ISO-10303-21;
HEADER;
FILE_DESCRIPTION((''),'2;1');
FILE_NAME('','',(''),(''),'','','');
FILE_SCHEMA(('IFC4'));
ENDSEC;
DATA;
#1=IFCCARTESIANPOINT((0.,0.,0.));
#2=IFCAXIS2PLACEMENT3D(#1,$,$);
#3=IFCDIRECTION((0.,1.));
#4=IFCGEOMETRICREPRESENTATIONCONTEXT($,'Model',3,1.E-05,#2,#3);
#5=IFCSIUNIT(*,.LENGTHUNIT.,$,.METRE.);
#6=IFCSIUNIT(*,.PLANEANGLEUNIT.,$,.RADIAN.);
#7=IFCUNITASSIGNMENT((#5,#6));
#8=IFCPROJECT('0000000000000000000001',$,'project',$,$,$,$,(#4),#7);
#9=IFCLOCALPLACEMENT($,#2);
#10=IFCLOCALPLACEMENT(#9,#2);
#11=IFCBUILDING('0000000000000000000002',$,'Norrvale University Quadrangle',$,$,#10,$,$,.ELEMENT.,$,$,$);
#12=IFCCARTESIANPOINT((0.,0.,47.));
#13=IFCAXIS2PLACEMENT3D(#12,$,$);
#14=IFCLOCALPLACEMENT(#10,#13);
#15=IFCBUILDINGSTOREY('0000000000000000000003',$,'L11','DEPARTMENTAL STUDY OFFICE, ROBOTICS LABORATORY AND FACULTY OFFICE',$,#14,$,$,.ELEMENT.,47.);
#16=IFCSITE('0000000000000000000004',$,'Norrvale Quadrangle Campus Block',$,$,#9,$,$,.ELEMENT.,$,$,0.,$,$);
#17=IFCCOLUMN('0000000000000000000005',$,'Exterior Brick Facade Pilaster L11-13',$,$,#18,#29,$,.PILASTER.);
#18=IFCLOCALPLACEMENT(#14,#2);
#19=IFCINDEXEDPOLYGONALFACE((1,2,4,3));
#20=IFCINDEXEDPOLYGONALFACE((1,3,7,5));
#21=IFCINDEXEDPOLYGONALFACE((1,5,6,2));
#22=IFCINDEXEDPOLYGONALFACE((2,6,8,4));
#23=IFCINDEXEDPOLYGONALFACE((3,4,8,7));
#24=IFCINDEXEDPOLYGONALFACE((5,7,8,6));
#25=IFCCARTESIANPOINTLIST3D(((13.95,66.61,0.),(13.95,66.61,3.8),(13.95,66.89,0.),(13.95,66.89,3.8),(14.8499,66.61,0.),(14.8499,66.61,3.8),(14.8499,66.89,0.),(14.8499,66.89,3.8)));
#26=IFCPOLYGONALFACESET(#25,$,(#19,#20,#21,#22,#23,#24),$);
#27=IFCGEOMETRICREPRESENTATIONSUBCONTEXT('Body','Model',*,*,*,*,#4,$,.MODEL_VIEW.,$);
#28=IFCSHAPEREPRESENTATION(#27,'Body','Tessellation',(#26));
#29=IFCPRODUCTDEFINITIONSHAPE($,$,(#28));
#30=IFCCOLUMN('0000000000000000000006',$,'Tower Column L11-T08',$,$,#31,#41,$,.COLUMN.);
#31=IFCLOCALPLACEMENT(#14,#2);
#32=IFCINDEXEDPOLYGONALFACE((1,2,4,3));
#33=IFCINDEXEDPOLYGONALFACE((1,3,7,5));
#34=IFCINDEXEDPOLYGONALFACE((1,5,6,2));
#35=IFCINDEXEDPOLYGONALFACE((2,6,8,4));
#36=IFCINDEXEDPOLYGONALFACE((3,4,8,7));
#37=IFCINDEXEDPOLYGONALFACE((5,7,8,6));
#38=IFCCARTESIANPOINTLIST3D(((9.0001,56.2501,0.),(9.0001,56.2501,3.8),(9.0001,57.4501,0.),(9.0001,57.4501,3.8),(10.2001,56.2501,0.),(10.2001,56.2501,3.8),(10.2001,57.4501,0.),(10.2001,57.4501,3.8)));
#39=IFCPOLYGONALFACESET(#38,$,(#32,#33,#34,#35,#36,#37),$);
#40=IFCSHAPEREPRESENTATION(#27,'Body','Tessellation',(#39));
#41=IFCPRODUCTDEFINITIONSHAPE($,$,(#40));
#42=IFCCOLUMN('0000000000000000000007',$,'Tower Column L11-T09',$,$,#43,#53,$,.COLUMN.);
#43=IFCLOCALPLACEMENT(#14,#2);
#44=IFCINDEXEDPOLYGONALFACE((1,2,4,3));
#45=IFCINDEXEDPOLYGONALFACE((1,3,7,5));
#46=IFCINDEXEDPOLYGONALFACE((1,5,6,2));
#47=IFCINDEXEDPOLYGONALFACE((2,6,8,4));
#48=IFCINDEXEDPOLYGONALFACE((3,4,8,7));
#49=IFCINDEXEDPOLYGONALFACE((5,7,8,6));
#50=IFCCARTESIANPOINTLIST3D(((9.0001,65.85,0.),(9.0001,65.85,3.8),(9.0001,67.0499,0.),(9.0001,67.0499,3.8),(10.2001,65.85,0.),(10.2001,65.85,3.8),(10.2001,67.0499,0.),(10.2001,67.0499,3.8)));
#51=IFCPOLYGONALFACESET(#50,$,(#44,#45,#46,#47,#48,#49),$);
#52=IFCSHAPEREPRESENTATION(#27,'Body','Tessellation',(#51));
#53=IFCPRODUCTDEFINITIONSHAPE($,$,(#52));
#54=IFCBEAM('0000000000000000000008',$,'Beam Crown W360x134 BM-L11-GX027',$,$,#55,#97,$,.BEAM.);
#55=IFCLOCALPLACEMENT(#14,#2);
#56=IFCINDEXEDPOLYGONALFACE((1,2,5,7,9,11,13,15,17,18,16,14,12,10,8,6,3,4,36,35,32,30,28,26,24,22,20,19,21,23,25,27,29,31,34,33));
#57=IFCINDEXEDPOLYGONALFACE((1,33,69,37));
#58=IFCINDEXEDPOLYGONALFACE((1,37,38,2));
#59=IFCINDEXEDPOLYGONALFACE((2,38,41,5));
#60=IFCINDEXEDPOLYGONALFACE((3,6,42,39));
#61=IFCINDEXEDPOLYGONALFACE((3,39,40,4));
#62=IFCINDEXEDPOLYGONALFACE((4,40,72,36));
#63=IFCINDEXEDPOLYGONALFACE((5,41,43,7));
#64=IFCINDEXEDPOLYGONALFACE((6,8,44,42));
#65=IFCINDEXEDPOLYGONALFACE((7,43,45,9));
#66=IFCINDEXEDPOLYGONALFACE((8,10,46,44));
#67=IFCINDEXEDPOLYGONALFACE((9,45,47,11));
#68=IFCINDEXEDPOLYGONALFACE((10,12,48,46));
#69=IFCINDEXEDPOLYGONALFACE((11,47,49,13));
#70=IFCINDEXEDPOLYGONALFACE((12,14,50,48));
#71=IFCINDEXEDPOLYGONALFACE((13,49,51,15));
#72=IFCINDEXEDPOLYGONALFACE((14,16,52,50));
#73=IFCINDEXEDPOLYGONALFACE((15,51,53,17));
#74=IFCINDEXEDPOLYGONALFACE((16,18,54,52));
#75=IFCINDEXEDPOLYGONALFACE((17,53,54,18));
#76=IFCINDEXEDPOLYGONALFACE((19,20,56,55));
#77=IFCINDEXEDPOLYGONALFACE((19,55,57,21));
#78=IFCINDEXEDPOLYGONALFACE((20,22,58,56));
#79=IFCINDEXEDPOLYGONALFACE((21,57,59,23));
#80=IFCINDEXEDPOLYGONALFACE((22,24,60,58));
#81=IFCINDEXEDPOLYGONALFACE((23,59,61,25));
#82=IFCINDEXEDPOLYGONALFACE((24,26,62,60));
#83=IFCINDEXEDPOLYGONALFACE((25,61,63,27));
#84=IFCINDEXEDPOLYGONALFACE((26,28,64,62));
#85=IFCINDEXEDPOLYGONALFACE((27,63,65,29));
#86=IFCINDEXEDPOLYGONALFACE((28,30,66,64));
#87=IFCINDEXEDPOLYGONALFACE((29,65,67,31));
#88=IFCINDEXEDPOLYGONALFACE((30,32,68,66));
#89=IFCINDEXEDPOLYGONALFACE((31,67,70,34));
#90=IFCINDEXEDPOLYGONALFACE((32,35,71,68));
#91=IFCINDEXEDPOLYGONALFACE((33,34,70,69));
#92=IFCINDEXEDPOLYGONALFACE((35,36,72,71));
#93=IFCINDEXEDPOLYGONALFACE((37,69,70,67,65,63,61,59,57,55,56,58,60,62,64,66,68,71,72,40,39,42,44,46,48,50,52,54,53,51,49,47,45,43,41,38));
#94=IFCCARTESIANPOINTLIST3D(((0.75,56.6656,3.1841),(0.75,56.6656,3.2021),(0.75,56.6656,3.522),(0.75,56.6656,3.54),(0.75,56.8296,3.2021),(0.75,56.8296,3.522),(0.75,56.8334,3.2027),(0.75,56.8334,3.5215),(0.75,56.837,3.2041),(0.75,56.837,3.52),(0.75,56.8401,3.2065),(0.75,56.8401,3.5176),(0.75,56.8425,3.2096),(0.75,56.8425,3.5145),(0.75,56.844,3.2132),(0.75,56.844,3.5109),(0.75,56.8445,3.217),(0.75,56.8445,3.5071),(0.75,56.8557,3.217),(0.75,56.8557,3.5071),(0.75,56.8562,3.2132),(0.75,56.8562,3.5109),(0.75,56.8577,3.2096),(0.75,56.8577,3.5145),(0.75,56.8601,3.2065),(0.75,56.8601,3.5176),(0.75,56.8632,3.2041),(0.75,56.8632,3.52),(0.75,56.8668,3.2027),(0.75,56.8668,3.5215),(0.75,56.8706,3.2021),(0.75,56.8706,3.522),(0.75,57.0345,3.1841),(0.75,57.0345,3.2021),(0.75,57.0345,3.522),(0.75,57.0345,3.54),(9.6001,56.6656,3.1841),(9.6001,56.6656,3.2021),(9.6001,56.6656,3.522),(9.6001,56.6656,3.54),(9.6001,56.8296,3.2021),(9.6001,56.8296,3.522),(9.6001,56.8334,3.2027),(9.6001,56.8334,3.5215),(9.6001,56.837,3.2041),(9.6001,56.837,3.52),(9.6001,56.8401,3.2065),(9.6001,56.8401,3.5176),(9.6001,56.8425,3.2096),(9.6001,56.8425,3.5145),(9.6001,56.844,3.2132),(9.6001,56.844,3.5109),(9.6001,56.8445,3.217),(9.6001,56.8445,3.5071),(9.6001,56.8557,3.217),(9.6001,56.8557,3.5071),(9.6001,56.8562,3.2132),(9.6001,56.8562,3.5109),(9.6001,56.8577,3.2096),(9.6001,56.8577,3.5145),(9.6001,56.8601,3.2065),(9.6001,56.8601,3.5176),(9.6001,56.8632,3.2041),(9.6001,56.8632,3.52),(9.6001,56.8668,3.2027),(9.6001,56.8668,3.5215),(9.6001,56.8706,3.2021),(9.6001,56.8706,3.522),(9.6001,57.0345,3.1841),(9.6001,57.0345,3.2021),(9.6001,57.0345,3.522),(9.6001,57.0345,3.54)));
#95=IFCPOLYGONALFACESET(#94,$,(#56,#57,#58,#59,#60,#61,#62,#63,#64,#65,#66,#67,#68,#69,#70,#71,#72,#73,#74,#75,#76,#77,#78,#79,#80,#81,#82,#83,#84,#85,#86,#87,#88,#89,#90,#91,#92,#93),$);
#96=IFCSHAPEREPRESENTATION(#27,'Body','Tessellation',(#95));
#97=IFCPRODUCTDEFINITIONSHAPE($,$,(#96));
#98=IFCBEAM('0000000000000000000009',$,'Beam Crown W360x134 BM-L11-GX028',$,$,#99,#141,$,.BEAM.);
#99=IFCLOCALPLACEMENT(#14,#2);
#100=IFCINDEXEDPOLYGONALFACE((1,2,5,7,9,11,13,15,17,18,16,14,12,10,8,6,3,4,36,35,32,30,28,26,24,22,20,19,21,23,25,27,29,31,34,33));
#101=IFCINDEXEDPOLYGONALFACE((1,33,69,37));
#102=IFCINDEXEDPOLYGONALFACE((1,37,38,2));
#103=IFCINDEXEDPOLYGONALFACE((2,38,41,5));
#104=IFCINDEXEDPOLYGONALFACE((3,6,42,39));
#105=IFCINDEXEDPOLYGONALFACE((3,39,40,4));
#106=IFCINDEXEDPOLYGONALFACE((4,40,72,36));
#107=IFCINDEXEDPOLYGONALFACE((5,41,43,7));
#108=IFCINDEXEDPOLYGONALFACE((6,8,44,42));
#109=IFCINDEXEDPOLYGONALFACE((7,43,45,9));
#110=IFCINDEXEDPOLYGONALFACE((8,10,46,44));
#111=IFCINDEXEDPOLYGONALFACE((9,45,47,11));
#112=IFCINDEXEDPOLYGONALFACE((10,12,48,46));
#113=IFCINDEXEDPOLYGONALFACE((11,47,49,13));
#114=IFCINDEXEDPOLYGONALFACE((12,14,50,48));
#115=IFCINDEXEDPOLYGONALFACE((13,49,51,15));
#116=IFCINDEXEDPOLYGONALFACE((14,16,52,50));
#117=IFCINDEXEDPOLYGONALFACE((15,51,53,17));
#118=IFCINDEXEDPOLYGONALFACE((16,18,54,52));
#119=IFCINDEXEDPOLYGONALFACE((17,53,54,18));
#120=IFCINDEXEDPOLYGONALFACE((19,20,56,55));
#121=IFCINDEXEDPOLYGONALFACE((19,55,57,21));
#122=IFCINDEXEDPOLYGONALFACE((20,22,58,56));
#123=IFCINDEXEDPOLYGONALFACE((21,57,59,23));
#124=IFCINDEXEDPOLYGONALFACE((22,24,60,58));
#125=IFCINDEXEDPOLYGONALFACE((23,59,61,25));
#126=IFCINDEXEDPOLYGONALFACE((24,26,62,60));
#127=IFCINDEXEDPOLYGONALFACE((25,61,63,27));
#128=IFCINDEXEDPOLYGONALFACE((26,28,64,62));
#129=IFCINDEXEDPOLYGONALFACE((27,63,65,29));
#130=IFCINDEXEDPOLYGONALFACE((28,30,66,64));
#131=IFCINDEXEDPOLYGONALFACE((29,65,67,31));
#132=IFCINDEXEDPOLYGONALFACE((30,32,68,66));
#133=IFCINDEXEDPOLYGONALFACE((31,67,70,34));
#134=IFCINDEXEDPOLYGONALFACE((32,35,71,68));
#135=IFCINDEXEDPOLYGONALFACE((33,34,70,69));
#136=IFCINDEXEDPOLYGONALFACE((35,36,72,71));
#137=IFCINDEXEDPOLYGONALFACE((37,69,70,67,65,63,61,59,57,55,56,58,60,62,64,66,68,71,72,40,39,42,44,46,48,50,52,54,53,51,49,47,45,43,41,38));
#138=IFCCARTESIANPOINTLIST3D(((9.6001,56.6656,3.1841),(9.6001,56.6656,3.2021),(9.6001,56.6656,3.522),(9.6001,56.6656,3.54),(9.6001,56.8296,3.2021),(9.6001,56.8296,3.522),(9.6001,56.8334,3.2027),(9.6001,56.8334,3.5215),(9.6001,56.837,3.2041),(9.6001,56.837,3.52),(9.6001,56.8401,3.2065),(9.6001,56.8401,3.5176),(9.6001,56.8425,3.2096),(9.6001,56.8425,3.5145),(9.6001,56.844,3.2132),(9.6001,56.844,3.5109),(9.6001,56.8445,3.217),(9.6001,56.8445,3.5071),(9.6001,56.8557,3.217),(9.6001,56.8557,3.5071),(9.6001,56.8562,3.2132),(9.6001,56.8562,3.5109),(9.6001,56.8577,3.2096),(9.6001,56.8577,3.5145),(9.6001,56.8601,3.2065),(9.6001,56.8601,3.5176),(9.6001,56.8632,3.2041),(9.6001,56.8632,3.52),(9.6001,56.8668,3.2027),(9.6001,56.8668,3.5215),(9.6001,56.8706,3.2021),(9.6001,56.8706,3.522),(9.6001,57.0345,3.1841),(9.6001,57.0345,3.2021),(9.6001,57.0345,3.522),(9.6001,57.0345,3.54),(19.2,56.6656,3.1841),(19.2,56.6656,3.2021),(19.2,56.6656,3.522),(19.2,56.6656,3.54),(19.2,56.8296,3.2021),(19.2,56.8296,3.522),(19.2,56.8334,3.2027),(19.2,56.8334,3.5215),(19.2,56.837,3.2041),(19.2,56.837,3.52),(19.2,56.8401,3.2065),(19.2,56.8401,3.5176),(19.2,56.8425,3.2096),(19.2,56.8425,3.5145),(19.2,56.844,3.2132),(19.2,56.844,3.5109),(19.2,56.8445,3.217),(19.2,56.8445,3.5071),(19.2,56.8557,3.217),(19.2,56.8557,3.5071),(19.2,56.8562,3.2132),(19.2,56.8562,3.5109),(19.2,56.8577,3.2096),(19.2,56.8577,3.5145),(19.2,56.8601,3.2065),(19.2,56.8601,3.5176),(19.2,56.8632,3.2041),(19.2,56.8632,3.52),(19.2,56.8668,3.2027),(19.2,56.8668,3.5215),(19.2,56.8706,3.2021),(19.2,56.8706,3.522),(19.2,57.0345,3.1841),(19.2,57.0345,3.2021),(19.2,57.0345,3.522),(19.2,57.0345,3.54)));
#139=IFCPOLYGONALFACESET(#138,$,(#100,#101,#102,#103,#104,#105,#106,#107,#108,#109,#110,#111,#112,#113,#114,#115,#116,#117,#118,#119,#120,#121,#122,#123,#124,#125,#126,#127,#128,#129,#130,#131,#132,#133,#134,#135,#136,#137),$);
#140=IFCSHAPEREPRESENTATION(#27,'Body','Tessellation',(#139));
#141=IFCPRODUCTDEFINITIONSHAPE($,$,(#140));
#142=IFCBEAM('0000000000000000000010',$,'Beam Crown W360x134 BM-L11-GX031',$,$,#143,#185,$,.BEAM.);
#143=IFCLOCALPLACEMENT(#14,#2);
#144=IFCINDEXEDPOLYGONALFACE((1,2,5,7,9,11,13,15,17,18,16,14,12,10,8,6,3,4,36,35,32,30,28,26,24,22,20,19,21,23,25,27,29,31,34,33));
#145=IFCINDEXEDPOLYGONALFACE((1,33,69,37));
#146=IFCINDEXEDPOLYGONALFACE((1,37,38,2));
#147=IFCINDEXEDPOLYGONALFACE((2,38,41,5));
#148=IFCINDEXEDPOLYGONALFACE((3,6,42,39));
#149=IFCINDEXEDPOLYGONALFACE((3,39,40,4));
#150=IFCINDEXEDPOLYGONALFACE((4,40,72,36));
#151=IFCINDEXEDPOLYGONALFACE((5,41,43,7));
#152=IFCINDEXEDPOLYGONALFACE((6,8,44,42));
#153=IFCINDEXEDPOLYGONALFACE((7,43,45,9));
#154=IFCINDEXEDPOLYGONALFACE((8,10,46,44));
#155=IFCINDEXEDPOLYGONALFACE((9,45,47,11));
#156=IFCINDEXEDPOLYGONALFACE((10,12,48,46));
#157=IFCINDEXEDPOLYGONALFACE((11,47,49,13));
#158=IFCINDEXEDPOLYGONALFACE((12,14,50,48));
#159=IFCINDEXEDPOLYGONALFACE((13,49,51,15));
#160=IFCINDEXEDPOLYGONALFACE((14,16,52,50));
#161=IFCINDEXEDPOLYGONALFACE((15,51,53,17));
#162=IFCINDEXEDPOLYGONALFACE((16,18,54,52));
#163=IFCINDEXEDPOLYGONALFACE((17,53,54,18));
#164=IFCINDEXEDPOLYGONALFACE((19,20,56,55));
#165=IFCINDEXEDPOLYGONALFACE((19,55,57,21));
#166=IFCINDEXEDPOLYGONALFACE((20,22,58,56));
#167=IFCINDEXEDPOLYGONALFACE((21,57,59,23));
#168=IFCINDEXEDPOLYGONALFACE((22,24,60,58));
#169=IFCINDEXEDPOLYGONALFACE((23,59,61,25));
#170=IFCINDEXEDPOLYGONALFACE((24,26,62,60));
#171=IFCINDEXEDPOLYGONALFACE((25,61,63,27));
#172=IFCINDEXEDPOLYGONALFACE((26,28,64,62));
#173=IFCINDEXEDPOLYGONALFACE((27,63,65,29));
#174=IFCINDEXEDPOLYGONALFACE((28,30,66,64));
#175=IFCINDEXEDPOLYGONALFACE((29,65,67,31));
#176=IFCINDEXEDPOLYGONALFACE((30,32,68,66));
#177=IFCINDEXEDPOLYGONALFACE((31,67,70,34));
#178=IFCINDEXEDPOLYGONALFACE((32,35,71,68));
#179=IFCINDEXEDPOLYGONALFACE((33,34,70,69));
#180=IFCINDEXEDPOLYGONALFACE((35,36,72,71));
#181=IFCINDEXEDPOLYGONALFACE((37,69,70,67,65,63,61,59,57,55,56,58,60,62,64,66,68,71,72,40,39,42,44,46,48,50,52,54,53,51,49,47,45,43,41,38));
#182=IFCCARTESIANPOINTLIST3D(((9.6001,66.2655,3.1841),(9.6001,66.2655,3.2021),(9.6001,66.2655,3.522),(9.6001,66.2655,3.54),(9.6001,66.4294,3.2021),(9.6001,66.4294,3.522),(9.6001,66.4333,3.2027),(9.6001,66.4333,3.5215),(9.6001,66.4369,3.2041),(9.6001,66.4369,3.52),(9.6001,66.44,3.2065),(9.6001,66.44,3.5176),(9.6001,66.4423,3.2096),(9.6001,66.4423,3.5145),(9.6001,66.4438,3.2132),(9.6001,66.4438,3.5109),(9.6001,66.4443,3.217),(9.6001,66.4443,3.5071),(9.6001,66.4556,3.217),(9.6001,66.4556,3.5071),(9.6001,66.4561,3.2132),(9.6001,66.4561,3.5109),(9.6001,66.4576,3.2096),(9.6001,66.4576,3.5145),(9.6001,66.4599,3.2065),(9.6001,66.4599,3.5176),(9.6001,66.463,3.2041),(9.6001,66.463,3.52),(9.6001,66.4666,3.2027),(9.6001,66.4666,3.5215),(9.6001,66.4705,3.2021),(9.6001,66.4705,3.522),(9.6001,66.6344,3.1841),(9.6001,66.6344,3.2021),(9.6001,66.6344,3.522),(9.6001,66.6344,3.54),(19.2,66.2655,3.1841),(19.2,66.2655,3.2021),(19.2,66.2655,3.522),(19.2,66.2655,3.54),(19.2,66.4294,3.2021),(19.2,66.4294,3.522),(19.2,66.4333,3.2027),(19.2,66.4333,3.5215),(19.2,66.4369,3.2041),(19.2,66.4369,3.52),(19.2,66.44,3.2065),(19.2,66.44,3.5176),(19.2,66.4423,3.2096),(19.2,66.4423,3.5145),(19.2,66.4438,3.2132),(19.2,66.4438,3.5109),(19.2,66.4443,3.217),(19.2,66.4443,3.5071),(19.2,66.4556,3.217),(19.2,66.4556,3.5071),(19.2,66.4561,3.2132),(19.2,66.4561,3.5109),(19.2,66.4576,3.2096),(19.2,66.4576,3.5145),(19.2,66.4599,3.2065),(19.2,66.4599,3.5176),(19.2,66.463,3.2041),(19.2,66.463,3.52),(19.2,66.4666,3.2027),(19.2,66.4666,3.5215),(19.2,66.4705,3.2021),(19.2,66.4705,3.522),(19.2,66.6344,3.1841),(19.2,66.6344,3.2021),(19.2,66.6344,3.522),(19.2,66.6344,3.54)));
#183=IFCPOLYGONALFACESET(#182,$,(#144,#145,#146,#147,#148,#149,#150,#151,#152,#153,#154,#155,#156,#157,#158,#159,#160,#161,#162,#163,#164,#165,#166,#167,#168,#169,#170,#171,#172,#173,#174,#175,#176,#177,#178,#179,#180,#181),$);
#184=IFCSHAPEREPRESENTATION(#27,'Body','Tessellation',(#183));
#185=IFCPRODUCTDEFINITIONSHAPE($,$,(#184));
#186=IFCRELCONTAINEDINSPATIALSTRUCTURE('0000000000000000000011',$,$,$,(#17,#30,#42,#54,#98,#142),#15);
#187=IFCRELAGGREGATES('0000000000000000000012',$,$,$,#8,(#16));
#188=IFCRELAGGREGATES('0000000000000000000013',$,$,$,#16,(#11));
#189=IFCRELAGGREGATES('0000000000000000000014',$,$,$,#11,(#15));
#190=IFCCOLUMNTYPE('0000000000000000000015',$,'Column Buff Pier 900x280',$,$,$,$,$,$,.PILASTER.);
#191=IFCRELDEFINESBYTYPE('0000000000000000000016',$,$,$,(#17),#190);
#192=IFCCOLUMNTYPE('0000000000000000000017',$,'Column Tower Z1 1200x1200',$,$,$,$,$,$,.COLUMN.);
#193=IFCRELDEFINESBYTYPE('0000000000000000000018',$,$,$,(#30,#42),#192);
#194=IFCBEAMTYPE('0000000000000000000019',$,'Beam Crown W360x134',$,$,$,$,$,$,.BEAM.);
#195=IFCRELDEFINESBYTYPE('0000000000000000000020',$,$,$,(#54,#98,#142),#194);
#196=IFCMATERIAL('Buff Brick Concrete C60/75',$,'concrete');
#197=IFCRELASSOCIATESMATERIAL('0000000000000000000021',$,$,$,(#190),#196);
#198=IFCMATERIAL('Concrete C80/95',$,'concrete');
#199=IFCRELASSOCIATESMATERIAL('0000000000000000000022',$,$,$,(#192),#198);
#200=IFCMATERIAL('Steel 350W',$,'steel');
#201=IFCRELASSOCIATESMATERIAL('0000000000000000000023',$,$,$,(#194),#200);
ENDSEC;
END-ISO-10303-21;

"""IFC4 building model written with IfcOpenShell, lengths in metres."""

from ifc_helpers import new_model, si_unit, direction, frame, origin, origin_2d, place, context, subcontext, project, spatial, rectangle, i_section, extrude, material, material_profile, profile_set, type_object, element, save


model = new_model("IFC4")

# Units and contexts
model_context = context("Model", 3, precision=1e-05, world=origin(), true_north=direction((0.0, 1.0)))
body_context = subcontext(model_context, "Body", "Model", "MODEL_VIEW")
ifc_project = project(units=[si_unit("LENGTHUNIT", "METRE"), si_unit("PLANEANGLEUNIT", "RADIAN")], contexts=[model_context])

# Site, building, storey
site_placement = place(None, origin())
site = spatial("IfcSite", under=ifc_project, at=site_placement, Name="Norrvale Quadrangle Campus Block", CompositionType="ELEMENT", RefElevation=0.0)
building_placement = place(site_placement, origin())
building = spatial("IfcBuilding", under=site, at=building_placement, Name="Norrvale University Quadrangle", CompositionType="ELEMENT")
storey_placement = place(building_placement, frame((0.0, 0.0, 47.0)))
storey = spatial("IfcBuildingStorey", under=building, at=storey_placement, Name="L11", Description="DEPARTMENTAL STUDY OFFICE, ROBOTICS LABORATORY AND FACULTY OFFICE", CompositionType="ELEMENT", Elevation=47.0)

# Columns
ifc_material_1 = material(Name="Buff Brick Concrete C60/75", Category="concrete")
ifc_material_profile_1 = material_profile(ifc_material_1, rectangle(XDim=0.8999, YDim=0.28, at=origin_2d()), Name="Buff Brick Concrete C60/75")
ifc_profile_set_1 = profile_set([ifc_material_profile_1], Name="Buff Brick Concrete C60/75")
column_type_1 = type_object("IfcColumnType", Name="Column Buff Pier 900x280", PredefinedType="PILASTER", material=ifc_profile_set_1)
column_placement = place(storey_placement, frame((14.3999, 66.75, 0.0), z_axis=(0.0, 0.0, 1.0), x_axis=(1.0, 0.0, 0.0)))
element("IfcColumn", 1, at=column_placement, inside=storey, type_object=column_type_1, Name="Exterior Brick Facade Pilaster L11-13", PredefinedType="PILASTER", context=body_context, shape_type="SweptSolid", body=[
    extrude(rectangle(XDim=0.8999, YDim=0.28, at=origin_2d()), origin(), (0.0, 0.0, 1.0), 3.8),
])
ifc_material_2 = material(Name="Concrete C80/95", Category="concrete")
ifc_material_profile_2 = material_profile(ifc_material_2, rectangle(XDim=1.2, YDim=1.2, at=origin_2d()), Name="Concrete C80/95")
ifc_profile_set_2 = profile_set([ifc_material_profile_2], Name="Concrete C80/95")
column_type_2 = type_object("IfcColumnType", Name="Column Tower Z1 1200x1200", PredefinedType="COLUMN", material=ifc_profile_set_2)
for number, where, z_axis, x_axis, name in (
    (2, (9.6001, 56.8501, 0.0), (0.0, 0.0, 1.0), (1.0, 0.0, 0.0), "Tower Column L11-T08"),
    (3, (9.6001, 66.45, 0.0), (0.0, 0.0, 1.0), (1.0, 0.0, 0.0), "Tower Column L11-T09"),
):
    element("IfcColumn", number, at=place(storey_placement, frame(where, z_axis=z_axis, x_axis=x_axis)), inside=storey, type_object=column_type_2, Name=name, PredefinedType="COLUMN", context=body_context, shape_type="SweptSolid", body=[
        extrude(rectangle(XDim=1.2, YDim=1.2, at=origin_2d()), origin(), (0.0, 0.0, 1.0), 3.8),
    ])

# Beams
ifc_material_3 = material(Name="Steel 350W", Category="steel")
ifc_material_profile_3 = material_profile(ifc_material_3, i_section(OverallWidth=0.3689, OverallDepth=0.356, WebThickness=0.0112, FlangeThickness=0.0181, FilletRadius=0.0149, at=origin_2d()), Name="Steel 350W")
ifc_profile_set_3 = profile_set([ifc_material_profile_3], Name="Steel 350W")
beam_type_1 = type_object("IfcBeamType", Name="Beam Crown W360x134", PredefinedType="BEAM", material=ifc_profile_set_3)
beam_1_placement = place(storey_placement, frame((0.75, 56.8501, 3.3621), z_axis=(1.0, 0.0, 0.0), x_axis=(0.0, 1.0, 0.0)))
element("IfcBeam", 4, at=beam_1_placement, inside=storey, type_object=beam_type_1, Name="Beam Crown W360x134 BM-L11-GX027", PredefinedType="BEAM", context=body_context, shape_type="SweptSolid", body=[
    extrude(i_section(OverallWidth=0.3689, OverallDepth=0.356, WebThickness=0.0112, FlangeThickness=0.0181, FilletRadius=0.0149, at=origin_2d()), origin(), (0.0, 0.0, 1.0), 8.8501),
])
for number, where, z_axis, x_axis, name in (
    (5, (9.6001, 56.8501, 3.3621), (1.0, 0.0, 0.0), (0.0, 1.0, 0.0), "Beam Crown W360x134 BM-L11-GX028"),
    (6, (9.6001, 66.45, 3.3621), (1.0, 0.0, 0.0), (0.0, 1.0, 0.0), "Beam Crown W360x134 BM-L11-GX031"),
):
    element("IfcBeam", number, at=place(storey_placement, frame(where, z_axis=z_axis, x_axis=x_axis)), inside=storey, type_object=beam_type_1, Name=name, PredefinedType="BEAM", context=body_context, shape_type="SweptSolid", body=[
        extrude(i_section(OverallWidth=0.3689, OverallDepth=0.356, WebThickness=0.0112, FlangeThickness=0.0181, FilletRadius=0.0149, at=origin_2d()), origin(), (0.0, 0.0, 1.0), 9.5999),
    ])

save(model, "model.ifc")
